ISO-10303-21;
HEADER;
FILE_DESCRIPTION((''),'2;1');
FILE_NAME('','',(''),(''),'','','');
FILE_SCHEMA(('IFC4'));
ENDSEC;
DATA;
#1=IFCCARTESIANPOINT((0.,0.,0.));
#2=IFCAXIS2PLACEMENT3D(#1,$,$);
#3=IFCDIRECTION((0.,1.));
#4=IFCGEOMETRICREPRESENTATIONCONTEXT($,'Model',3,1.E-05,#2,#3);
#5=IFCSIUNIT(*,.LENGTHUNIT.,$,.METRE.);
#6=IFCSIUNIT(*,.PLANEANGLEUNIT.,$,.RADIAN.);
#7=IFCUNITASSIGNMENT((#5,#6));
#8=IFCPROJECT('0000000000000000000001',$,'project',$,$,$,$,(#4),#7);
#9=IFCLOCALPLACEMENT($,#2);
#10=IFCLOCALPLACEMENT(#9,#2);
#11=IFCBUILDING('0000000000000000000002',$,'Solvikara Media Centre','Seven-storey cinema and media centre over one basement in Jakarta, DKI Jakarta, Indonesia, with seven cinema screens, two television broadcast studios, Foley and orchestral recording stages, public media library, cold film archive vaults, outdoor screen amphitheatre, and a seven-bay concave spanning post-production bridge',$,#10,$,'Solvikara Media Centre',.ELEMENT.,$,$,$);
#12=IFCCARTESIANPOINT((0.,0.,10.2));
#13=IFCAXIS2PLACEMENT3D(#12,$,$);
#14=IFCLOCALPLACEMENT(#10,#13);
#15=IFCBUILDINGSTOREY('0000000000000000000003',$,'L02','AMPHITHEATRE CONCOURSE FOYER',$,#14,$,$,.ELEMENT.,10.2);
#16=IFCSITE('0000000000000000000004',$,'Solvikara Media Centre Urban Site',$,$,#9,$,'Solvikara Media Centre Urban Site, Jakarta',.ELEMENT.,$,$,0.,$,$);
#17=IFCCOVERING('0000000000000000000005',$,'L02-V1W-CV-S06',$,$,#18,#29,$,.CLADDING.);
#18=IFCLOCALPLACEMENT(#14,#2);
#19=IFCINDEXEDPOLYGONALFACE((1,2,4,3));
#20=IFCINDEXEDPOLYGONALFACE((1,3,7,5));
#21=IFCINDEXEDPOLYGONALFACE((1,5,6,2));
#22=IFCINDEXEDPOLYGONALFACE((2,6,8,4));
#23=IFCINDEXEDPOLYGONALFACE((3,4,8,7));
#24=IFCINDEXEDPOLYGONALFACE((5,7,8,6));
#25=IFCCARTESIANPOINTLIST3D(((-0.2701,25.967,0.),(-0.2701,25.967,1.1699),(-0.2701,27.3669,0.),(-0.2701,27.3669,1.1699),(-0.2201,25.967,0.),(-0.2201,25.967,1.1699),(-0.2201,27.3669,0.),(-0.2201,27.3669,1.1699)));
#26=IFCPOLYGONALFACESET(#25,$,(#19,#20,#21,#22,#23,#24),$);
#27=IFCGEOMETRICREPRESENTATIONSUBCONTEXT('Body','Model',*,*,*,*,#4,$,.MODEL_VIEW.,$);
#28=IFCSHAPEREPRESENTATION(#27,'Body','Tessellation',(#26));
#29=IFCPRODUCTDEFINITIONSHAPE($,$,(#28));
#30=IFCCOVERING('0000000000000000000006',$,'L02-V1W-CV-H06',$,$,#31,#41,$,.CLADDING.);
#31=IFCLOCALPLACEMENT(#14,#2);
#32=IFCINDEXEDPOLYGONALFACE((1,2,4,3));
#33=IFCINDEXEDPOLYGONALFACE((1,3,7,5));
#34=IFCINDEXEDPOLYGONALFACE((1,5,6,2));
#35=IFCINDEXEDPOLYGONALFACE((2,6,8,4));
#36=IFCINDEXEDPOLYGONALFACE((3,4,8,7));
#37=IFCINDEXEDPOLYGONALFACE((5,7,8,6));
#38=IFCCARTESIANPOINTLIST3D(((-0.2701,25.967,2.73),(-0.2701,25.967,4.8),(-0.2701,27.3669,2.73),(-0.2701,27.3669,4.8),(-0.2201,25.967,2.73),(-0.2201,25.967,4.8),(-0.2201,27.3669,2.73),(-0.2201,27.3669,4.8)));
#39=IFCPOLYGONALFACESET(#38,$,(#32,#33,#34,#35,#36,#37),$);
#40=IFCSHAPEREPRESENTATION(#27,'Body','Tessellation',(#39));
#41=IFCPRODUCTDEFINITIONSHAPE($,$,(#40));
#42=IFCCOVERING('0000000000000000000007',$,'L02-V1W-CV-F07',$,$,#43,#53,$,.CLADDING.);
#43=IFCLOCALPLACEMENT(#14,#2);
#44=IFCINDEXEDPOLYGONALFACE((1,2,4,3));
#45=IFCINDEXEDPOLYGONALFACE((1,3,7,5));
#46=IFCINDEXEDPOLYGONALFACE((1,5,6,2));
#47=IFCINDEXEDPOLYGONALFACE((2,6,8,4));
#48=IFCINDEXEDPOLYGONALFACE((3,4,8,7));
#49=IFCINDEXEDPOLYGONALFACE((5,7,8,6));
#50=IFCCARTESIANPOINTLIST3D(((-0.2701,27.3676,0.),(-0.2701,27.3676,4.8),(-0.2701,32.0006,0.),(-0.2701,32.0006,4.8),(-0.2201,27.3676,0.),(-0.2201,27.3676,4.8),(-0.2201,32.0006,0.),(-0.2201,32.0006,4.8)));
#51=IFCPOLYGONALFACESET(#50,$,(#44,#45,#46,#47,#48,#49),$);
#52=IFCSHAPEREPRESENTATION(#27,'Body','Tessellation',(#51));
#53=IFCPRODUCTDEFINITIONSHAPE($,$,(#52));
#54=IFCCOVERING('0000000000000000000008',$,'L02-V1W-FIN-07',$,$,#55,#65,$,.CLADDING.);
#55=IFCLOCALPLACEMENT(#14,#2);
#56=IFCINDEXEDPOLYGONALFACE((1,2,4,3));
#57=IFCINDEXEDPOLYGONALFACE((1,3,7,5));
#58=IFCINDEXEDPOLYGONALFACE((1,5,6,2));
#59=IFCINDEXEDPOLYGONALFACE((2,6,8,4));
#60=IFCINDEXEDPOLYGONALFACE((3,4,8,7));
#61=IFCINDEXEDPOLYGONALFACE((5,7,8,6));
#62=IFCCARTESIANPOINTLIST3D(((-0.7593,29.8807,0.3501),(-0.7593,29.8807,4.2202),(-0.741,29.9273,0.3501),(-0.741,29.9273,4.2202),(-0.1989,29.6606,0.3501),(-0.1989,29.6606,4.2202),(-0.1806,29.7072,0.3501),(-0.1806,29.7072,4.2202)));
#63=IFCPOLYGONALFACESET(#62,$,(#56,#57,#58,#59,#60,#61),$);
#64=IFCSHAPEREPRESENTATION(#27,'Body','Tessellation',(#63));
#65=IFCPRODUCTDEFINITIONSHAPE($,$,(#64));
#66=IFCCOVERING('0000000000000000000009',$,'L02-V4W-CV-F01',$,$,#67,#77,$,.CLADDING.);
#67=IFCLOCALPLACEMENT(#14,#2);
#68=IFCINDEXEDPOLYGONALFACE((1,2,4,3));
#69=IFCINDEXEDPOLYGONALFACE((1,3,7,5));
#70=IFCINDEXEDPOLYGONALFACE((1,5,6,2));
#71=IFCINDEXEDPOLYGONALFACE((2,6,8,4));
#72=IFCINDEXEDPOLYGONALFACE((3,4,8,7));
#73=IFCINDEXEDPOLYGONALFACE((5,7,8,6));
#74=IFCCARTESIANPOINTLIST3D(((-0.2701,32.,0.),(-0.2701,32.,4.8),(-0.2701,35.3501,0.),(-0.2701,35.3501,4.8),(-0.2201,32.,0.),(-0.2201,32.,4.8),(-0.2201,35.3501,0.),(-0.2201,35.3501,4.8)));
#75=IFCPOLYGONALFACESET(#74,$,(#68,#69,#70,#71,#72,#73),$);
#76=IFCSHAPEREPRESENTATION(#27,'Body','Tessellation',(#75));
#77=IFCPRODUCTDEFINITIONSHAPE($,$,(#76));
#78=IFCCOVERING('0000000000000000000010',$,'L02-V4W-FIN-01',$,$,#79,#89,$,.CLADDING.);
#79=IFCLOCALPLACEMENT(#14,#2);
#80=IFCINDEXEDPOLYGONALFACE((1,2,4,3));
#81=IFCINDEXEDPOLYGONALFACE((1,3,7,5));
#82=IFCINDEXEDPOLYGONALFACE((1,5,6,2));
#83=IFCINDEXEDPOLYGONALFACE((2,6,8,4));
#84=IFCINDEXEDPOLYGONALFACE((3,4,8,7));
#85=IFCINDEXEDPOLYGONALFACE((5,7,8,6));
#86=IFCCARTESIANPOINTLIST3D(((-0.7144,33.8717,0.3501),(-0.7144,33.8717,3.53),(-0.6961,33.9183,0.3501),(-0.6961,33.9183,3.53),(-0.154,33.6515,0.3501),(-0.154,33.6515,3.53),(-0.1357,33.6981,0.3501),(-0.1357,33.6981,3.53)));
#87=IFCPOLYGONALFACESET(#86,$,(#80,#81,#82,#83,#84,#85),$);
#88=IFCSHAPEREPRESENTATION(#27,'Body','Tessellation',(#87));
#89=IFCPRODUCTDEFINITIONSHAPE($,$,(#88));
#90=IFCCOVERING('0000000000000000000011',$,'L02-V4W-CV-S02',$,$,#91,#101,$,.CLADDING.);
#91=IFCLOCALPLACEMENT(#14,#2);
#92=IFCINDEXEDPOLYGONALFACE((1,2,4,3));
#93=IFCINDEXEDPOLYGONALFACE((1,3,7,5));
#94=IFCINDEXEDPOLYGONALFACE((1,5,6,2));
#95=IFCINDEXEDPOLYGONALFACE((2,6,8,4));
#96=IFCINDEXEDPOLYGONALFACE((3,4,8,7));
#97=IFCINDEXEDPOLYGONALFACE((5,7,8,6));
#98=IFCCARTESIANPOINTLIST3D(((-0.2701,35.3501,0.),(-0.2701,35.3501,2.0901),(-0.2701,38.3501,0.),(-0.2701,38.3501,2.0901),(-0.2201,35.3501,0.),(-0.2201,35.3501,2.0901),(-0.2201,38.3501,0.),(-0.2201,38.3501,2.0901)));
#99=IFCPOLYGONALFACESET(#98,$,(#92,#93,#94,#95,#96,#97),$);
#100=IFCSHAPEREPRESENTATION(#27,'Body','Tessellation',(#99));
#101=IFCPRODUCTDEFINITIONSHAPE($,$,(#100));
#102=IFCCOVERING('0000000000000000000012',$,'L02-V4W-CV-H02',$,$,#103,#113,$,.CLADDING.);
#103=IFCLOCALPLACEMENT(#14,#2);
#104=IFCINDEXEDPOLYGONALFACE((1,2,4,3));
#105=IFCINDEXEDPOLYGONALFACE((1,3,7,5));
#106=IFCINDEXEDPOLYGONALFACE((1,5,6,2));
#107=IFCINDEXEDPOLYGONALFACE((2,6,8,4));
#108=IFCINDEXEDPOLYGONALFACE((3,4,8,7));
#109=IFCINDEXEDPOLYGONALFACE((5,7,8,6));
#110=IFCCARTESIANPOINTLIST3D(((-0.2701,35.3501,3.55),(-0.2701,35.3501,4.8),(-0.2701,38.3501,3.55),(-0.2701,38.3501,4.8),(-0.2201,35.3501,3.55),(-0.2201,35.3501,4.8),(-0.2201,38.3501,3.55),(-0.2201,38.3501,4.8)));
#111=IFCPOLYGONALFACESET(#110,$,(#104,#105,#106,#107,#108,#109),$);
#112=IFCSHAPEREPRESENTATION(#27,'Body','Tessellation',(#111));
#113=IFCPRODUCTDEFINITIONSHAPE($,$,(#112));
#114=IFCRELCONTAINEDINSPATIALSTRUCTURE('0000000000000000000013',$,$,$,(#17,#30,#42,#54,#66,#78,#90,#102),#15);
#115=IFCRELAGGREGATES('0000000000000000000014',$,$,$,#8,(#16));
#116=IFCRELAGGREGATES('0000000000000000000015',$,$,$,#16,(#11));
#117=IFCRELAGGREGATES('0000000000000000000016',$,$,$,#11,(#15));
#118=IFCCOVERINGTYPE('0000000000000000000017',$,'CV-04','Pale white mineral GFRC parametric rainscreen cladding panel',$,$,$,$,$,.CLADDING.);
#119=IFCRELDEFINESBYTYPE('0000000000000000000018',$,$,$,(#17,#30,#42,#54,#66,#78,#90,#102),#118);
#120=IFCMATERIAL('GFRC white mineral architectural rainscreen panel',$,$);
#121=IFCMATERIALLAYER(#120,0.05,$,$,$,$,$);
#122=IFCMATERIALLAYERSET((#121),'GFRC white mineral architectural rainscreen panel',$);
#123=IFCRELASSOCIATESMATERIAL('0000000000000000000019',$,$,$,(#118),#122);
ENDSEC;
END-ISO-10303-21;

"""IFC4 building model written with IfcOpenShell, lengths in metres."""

from ifc_helpers import new_model, si_unit, direction, frame, origin, origin_2d, place, context, subcontext, project, spatial, rectangle, extrude, material, layer, layer_set, type_object, element, save


model = new_model("IFC4")

# Units and contexts
model_context = context("Model", 3, precision=1e-05, world=origin(), true_north=direction((0.0, 1.0)))
body_context = subcontext(model_context, "Body", "Model", "MODEL_VIEW")
ifc_project = project(units=[si_unit("LENGTHUNIT", "METRE"), si_unit("PLANEANGLEUNIT", "RADIAN")], contexts=[model_context])

# Site, building, storey
site_placement = place(None, origin())
site = spatial("IfcSite", under=ifc_project, at=site_placement, Name="Solvikara Media Centre Urban Site", LongName="Solvikara Media Centre Urban Site, Jakarta", CompositionType="ELEMENT", RefElevation=0.0)
building_placement = place(site_placement, origin())
building = spatial("IfcBuilding", under=site, at=building_placement, Name="Solvikara Media Centre", Description="Seven-storey cinema and media centre over one basement in Jakarta, DKI Jakarta, Indonesia, with seven cinema screens, two television broadcast studios, Foley and orchestral recording stages, public media library, cold film archive vaults, outdoor screen amphitheatre, and a seven-bay concave spanning post-production bridge", LongName="Solvikara Media Centre", CompositionType="ELEMENT")
storey_placement = place(building_placement, frame((0.0, 0.0, 10.2)))
storey = spatial("IfcBuildingStorey", under=building, at=storey_placement, Name="L02", Description="AMPHITHEATRE CONCOURSE FOYER", CompositionType="ELEMENT", Elevation=10.2)

# Coverings
ifc_material_1 = material(Name="GFRC white mineral architectural rainscreen panel")
ifc_layer_1 = layer(ifc_material_1, 0.05)
ifc_layer_set_1 = layer_set([ifc_layer_1], Name="GFRC white mineral architectural rainscreen panel")
covering_type = type_object("IfcCoveringType", Name="CV-04", Description="Pale white mineral GFRC parametric rainscreen cladding panel", PredefinedType="CLADDING", material=ifc_layer_set_1)
covering_1_placement = place(storey_placement, frame((-0.2451, 26.667, 0.0), z_axis=(0.0, 0.0, 1.0), x_axis=(0.0, 1.0, 0.0)))
element("IfcCovering", 1, at=covering_1_placement, inside=storey, type_object=covering_type, Name="L02-V1W-CV-S06", PredefinedType="CLADDING", context=body_context, shape_type="SweptSolid", body=[
    extrude(rectangle(XDim=1.3999, YDim=0.05, at=origin_2d()), origin(), (0.0, 0.0, 1.0), 1.1699),
])
covering_2_placement = place(storey_placement, frame((-0.2451, 26.667, 2.73), z_axis=(0.0, 0.0, 1.0), x_axis=(0.0, 1.0, 0.0)))
element("IfcCovering", 2, at=covering_2_placement, inside=storey, type_object=covering_type, Name="L02-V1W-CV-H06", PredefinedType="CLADDING", context=body_context, shape_type="SweptSolid", body=[
    extrude(rectangle(XDim=1.3999, YDim=0.05, at=origin_2d()), origin(), (0.0, 0.0, 1.0), 2.0701),
])
covering_3_placement = place(storey_placement, frame((-0.2451, 29.6841, 0.0), z_axis=(0.0, 0.0, 1.0), x_axis=(0.0, 1.0, 0.0)))
element("IfcCovering", 3, at=covering_3_placement, inside=storey, type_object=covering_type, Name="L02-V1W-CV-F07", PredefinedType="CLADDING", context=body_context, shape_type="SweptSolid", body=[
    extrude(rectangle(XDim=4.6331, YDim=0.05, at=origin_2d()), origin(), (0.0, 0.0, 1.0), 4.8),
])
covering_4_placement = place(storey_placement, frame((-0.47, 29.7939, 0.3501), z_axis=(0.0, 0.0, 1.0), x_axis=(-0.93075, 0.365657, 0.0)))
element("IfcCovering", 4, at=covering_4_placement, inside=storey, type_object=covering_type, Name="L02-V1W-FIN-07", PredefinedType="CLADDING", context=body_context, shape_type="SweptSolid", body=[
    extrude(rectangle(XDim=0.6021, YDim=0.05, at=origin_2d()), origin(), (0.0, 0.0, 1.0), 3.8701),
])
covering_5_placement = place(storey_placement, frame((-0.2451, 33.675, 0.0), z_axis=(0.0, 0.0, 1.0), x_axis=(0.0, 1.0, 0.0)))
element("IfcCovering", 5, at=covering_5_placement, inside=storey, type_object=covering_type, Name="L02-V4W-CV-F01", PredefinedType="CLADDING", context=body_context, shape_type="SweptSolid", body=[
    extrude(rectangle(XDim=3.3501, YDim=0.05, at=origin_2d()), origin(), (0.0, 0.0, 1.0), 4.8),
])
covering_6_placement = place(storey_placement, frame((-0.425, 33.7849, 0.3501), z_axis=(0.0, 0.0, 1.0), x_axis=(-0.93075, 0.365657, 0.0)))
element("IfcCovering", 6, at=covering_6_placement, inside=storey, type_object=covering_type, Name="L02-V4W-FIN-01", PredefinedType="CLADDING", context=body_context, shape_type="SweptSolid", body=[
    extrude(rectangle(XDim=0.6021, YDim=0.05, at=origin_2d()), origin(), (0.0, 0.0, 1.0), 3.1799),
])
covering_7_placement = place(storey_placement, frame((-0.2451, 36.8501, 0.0), z_axis=(0.0, 0.0, 1.0), x_axis=(0.0, 1.0, 0.0)))
element("IfcCovering", 7, at=covering_7_placement, inside=storey, type_object=covering_type, Name="L02-V4W-CV-S02", PredefinedType="CLADDING", context=body_context, shape_type="SweptSolid", body=[
    extrude(rectangle(XDim=3.0, YDim=0.05, at=origin_2d()), origin(), (0.0, 0.0, 1.0), 2.0901),
])
covering_8_placement = place(storey_placement, frame((-0.2451, 36.8501, 3.55), z_axis=(0.0, 0.0, 1.0), x_axis=(0.0, 1.0, 0.0)))
element("IfcCovering", 8, at=covering_8_placement, inside=storey, type_object=covering_type, Name="L02-V4W-CV-H02", PredefinedType="CLADDING", context=body_context, shape_type="SweptSolid", body=[
    extrude(rectangle(XDim=3.0, YDim=0.05, at=origin_2d()), origin(), (0.0, 0.0, 1.0), 1.25),
])

save(model, "model.ifc")
